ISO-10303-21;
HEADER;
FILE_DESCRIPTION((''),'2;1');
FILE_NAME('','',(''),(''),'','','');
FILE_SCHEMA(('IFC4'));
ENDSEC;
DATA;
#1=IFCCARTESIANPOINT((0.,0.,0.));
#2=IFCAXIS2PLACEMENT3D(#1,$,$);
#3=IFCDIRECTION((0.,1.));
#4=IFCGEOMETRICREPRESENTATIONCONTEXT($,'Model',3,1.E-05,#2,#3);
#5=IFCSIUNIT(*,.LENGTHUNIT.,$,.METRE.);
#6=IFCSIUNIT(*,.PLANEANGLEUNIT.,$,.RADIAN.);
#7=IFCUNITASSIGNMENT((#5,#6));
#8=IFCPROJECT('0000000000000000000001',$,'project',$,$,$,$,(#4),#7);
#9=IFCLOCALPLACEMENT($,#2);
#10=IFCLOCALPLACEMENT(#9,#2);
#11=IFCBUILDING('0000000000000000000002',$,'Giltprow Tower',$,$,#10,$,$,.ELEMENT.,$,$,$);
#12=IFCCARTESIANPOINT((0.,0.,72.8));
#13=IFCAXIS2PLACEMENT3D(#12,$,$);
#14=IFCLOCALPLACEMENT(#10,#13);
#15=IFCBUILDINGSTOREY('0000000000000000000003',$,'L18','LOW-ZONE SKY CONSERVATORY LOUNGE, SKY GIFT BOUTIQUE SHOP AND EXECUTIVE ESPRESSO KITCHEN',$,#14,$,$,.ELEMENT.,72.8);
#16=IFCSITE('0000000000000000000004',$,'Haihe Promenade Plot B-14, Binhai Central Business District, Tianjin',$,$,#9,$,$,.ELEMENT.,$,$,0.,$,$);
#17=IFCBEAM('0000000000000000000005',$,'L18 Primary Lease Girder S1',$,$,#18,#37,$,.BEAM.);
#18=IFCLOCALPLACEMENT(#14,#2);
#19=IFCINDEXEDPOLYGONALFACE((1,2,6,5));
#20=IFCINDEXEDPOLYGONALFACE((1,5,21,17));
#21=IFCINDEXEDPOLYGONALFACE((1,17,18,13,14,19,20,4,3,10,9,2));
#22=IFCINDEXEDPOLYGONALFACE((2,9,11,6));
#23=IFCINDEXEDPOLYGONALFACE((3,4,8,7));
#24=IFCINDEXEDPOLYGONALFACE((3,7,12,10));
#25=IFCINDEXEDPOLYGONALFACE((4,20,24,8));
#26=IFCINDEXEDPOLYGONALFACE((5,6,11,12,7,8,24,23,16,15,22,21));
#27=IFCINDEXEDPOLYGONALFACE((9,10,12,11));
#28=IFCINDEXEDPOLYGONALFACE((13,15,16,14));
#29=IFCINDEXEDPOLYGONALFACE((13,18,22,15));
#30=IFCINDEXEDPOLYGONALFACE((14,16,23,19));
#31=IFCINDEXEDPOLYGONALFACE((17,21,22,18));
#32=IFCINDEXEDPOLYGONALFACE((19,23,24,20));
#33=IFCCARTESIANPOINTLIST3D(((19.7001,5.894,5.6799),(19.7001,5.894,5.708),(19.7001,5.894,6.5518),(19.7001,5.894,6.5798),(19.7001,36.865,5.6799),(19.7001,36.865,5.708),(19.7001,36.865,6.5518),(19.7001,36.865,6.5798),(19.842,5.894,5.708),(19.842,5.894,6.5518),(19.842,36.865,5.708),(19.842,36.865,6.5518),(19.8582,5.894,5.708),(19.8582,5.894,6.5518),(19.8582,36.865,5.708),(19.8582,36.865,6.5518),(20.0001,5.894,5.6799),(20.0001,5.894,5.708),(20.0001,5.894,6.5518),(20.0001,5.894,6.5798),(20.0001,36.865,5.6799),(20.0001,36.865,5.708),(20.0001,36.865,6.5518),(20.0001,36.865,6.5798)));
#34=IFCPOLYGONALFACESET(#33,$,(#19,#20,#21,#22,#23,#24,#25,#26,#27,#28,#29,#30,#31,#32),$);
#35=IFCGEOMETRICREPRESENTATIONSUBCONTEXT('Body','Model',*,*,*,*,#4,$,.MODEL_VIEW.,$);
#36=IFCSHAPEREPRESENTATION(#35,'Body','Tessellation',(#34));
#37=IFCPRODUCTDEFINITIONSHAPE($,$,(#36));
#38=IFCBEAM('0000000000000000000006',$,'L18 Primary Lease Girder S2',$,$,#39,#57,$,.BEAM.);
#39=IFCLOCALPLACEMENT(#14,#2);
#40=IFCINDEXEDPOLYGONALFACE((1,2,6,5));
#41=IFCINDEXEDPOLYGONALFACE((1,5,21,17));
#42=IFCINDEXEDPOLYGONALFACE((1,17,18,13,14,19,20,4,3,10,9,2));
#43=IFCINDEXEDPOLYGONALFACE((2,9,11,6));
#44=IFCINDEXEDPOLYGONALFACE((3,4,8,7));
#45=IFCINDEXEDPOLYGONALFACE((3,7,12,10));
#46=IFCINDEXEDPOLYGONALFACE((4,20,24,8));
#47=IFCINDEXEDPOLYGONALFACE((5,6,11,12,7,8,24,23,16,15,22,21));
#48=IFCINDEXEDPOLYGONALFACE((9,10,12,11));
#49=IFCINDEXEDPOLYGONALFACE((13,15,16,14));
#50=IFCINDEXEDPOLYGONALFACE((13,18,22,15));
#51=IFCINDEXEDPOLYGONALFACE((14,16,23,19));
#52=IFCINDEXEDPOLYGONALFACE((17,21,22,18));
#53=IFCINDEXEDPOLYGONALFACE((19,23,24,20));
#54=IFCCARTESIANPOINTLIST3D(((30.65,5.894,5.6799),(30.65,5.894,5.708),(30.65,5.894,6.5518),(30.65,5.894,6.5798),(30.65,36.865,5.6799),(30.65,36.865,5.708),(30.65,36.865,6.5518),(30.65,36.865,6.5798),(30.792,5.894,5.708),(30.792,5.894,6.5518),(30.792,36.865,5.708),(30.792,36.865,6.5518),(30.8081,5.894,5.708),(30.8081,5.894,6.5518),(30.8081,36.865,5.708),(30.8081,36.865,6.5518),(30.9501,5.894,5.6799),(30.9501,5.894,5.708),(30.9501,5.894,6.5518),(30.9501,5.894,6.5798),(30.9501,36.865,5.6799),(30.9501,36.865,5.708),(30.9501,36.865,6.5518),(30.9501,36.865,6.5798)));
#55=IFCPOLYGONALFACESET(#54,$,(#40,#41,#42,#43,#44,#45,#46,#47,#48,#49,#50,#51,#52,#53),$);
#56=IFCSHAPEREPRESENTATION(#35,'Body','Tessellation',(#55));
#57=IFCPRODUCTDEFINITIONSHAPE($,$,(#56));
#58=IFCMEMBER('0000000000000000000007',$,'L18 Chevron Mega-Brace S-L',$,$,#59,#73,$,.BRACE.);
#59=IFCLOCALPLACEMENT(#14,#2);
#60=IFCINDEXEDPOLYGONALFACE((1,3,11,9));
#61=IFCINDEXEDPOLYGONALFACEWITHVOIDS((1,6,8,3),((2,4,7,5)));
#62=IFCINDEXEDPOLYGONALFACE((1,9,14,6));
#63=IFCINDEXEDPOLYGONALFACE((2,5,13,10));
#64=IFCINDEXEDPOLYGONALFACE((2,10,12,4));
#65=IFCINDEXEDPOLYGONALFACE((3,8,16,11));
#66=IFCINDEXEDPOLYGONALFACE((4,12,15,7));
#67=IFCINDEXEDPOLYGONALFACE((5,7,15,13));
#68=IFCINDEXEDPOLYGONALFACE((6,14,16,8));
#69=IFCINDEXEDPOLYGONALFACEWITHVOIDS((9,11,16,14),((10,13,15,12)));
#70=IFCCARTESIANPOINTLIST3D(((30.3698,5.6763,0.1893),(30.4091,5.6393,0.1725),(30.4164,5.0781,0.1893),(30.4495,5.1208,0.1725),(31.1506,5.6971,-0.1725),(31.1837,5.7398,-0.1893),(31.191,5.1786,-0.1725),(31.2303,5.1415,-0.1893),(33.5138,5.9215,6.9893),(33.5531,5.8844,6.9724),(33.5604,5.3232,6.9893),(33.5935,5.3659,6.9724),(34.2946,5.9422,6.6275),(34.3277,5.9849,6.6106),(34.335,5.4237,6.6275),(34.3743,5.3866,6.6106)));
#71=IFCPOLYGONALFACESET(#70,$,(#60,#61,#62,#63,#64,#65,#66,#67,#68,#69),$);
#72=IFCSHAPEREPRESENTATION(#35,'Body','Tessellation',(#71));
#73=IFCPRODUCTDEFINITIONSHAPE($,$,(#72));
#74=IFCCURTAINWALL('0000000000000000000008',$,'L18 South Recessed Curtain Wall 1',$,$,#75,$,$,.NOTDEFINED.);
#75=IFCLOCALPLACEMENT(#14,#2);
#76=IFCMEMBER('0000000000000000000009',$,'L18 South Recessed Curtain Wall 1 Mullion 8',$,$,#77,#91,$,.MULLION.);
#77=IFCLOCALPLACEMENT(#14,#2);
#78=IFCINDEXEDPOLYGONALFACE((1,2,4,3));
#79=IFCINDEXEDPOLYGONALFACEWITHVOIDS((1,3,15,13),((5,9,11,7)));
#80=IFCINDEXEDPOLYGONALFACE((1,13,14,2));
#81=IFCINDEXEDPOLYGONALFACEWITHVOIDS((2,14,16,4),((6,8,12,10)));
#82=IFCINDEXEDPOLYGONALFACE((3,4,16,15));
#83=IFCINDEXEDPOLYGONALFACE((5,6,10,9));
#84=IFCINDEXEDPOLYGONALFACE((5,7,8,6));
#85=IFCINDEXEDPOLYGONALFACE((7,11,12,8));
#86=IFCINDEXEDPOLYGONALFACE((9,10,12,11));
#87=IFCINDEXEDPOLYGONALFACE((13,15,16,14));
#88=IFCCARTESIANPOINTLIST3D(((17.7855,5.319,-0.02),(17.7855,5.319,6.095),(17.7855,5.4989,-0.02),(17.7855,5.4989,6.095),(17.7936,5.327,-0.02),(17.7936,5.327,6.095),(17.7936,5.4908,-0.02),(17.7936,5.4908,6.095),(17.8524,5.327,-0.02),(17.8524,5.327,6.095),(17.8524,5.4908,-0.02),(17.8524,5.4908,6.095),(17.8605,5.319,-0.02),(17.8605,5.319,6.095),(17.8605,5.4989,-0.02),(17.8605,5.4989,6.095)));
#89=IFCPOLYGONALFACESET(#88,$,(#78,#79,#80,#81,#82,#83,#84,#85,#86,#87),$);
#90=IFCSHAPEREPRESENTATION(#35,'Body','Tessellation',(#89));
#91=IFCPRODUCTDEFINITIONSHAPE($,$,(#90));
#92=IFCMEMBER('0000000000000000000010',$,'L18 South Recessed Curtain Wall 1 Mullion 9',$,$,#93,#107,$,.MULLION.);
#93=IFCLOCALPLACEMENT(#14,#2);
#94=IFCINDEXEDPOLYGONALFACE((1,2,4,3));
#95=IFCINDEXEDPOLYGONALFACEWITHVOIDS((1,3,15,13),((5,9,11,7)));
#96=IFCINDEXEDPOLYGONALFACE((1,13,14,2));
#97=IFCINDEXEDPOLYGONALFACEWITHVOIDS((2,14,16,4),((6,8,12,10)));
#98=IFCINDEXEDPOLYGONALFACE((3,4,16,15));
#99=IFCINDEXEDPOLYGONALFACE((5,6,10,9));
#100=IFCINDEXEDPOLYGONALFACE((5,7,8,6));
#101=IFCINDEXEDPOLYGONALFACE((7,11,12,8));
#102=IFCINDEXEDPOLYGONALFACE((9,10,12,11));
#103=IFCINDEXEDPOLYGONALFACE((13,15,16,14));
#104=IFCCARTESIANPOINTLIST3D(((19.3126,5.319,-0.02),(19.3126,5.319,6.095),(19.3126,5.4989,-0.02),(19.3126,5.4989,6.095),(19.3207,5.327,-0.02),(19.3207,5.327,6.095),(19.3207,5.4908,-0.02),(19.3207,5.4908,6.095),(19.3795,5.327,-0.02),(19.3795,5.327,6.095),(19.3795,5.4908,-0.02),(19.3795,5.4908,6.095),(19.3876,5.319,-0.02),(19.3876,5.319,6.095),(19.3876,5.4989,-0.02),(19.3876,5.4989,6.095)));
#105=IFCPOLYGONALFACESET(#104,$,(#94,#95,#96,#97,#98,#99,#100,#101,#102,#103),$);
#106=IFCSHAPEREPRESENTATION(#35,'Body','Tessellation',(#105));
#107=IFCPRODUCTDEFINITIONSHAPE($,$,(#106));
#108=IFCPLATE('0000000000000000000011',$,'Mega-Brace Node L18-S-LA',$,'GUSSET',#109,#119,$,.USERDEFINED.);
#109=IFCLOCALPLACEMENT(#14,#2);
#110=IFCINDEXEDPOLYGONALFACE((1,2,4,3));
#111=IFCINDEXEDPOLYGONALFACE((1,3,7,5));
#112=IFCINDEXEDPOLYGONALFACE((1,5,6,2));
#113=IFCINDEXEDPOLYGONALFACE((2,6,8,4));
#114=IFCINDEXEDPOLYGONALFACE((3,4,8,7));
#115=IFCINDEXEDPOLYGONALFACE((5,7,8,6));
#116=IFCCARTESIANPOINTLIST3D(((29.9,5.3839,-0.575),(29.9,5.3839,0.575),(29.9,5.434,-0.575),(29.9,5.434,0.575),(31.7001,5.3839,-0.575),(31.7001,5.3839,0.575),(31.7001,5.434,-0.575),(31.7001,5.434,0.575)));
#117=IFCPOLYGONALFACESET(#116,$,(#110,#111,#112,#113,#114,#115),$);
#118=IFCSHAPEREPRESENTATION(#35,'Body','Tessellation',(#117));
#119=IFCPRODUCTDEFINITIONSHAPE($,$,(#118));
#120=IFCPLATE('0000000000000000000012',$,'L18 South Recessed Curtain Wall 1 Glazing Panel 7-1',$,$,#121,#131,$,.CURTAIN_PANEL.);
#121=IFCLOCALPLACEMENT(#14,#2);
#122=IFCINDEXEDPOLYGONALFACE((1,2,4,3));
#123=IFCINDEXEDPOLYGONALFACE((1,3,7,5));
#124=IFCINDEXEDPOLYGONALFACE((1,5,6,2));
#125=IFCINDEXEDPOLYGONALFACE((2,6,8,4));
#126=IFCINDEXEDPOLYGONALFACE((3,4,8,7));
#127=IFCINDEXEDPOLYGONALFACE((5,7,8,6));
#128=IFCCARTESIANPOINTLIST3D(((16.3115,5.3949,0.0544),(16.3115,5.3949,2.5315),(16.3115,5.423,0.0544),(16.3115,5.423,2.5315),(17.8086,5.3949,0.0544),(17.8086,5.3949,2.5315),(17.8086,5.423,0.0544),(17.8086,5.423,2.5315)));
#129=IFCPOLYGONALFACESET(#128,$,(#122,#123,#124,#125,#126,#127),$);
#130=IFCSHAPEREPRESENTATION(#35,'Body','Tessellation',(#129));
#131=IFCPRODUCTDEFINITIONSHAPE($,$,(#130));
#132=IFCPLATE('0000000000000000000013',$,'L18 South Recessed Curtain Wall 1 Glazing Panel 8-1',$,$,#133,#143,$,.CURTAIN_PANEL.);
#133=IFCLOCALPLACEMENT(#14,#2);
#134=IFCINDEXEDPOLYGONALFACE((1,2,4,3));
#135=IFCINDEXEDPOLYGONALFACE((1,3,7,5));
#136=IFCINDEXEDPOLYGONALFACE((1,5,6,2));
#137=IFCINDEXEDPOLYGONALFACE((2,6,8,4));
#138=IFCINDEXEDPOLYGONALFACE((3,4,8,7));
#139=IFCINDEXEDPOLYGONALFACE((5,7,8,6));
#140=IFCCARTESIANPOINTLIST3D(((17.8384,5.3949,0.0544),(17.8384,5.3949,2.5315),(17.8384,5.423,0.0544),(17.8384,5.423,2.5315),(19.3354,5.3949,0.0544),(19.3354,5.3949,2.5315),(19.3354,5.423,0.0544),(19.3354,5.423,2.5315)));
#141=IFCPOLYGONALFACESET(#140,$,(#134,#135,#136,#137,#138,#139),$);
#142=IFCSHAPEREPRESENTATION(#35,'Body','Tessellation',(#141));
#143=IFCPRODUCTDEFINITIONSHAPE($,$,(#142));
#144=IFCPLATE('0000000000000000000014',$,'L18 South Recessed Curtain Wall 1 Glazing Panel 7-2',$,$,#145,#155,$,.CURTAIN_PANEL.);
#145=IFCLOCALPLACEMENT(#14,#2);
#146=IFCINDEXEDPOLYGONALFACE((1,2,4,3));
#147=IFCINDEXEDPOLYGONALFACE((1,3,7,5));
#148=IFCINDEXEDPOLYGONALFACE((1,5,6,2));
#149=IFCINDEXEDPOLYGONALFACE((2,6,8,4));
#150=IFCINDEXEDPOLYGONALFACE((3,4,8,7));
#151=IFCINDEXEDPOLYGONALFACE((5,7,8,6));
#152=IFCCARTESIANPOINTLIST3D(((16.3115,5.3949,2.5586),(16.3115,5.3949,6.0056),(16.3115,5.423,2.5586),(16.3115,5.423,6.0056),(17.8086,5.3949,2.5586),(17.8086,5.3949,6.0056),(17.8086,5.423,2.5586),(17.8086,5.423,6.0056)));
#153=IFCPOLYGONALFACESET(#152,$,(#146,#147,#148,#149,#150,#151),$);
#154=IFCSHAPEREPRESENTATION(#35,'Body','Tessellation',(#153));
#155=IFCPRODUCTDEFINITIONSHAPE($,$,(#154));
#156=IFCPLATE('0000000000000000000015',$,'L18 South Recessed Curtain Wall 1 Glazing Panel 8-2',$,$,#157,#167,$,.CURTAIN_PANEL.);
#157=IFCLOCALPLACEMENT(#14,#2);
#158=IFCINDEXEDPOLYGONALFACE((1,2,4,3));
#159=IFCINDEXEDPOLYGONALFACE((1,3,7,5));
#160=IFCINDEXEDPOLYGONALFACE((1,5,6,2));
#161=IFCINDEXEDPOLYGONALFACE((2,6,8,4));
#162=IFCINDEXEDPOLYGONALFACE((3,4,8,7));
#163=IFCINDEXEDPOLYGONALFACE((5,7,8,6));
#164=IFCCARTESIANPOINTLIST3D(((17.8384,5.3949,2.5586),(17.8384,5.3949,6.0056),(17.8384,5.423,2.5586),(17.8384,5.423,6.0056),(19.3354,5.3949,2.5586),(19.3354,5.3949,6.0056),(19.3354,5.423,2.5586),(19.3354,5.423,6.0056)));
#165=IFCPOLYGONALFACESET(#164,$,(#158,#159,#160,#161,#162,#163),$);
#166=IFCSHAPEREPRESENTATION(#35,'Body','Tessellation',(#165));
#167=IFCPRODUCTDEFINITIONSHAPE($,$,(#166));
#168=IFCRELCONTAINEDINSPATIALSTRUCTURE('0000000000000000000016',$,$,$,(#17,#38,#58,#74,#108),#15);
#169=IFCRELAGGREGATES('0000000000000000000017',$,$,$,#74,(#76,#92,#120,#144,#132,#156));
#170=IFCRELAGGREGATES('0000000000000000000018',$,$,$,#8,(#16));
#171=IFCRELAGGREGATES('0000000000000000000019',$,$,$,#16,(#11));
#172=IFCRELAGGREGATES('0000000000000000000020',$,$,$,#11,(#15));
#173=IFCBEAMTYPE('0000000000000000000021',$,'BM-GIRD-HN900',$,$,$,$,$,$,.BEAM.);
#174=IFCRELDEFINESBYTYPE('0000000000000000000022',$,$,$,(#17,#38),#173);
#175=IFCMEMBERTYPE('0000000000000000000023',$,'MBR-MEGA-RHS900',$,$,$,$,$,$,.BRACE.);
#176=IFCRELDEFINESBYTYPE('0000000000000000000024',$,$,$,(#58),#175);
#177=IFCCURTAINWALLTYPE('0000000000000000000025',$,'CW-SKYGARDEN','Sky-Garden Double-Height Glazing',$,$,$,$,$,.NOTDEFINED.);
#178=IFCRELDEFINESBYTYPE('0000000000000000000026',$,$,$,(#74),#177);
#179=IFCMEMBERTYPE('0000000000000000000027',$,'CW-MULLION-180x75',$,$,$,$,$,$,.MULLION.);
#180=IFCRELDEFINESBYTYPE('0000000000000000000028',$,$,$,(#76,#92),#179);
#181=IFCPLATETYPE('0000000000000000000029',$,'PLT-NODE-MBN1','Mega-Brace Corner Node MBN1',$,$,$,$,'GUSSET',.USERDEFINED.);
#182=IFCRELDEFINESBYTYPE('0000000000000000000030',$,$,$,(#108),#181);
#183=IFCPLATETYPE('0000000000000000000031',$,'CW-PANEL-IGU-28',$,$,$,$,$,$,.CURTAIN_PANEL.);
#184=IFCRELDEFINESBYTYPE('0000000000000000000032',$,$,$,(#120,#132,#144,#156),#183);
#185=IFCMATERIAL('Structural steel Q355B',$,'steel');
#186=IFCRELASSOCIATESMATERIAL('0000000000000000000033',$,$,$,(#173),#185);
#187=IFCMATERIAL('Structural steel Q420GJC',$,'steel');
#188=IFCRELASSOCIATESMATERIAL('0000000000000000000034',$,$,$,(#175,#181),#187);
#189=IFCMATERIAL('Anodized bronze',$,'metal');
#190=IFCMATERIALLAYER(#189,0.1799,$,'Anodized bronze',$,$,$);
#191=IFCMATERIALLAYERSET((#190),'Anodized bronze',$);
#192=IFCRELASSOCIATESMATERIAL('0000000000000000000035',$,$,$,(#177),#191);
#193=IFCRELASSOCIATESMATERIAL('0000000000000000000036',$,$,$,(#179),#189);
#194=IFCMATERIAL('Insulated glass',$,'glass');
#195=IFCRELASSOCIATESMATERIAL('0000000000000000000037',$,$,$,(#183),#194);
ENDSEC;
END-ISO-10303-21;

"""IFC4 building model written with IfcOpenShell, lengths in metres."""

from ifc_helpers import new_model, si_unit, direction, frame, origin, origin_2d, place, context, subcontext, project, spatial, rectangle, hollow_rectangle, i_section, extrude, source, transform, mapped, material, layer, layer_set, material_profile, profile_set, type_object, element, aggregate, save


model = new_model("IFC4")

# Units and contexts
model_context = context("Model", 3, precision=1e-05, world=origin(), true_north=direction((0.0, 1.0)))
body_context = subcontext(model_context, "Body", "Model", "MODEL_VIEW")
ifc_project = project(units=[si_unit("LENGTHUNIT", "METRE"), si_unit("PLANEANGLEUNIT", "RADIAN")], contexts=[model_context])

# Site, building, storey
site_placement = place(None, origin())
site = spatial("IfcSite", under=ifc_project, at=site_placement, Name="Haihe Promenade Plot B-14, Binhai Central Business District, Tianjin", CompositionType="ELEMENT", RefElevation=0.0)
building_placement = place(site_placement, origin())
building = spatial("IfcBuilding", under=site, at=building_placement, Name="Giltprow Tower", CompositionType="ELEMENT")
storey_placement = place(building_placement, frame((0.0, 0.0, 72.8)))
storey = spatial("IfcBuildingStorey", under=building, at=storey_placement, Name="L18", Description="LOW-ZONE SKY CONSERVATORY LOUNGE, SKY GIFT BOUTIQUE SHOP AND EXECUTIVE ESPRESSO KITCHEN", CompositionType="ELEMENT", Elevation=72.8)

# Shared definitions
ifc_material_1 = material(Name="Structural steel Q420GJC", Category="steel")

# Beams
ifc_material_2 = material(Name="Structural steel Q355B", Category="steel")
ifc_material_profile_1 = material_profile(ifc_material_2, i_section(OverallWidth=0.3, OverallDepth=0.8999, WebThickness=0.0161, FlangeThickness=0.0281, at=origin_2d()), Name="HN 900x300x16x28")
ifc_profile_set_1 = profile_set([ifc_material_profile_1], Name="Structural steel Q355B")
beam_type_1 = type_object("IfcBeamType", Name="BM-GIRD-HN900", PredefinedType="BEAM", material=ifc_profile_set_1)
shared_shape_1 = source(origin(), body_context, "Body", "SweptSolid", [
    extrude(i_section(OverallWidth=0.3, OverallDepth=0.8999, WebThickness=0.0161, FlangeThickness=0.0281, at=origin_2d()), origin(), (0.0, 0.0, 1.0), 30.9709),
])
for number, where, z_axis, x_axis, name in (
    (1, (19.8501, 5.894, 6.1299), (0.0, 1.0, 0.0), (-1.0, 0.0, 0.0), "L18 Primary Lease Girder S1"),
    (2, (30.8, 5.894, 6.1299), (0.0, 1.0, 0.0), (-1.0, 0.0, 0.0), "L18 Primary Lease Girder S2"),
):
    element("IfcBeam", number, at=place(storey_placement, frame(where, z_axis=z_axis, x_axis=x_axis)), inside=storey, type_object=beam_type_1, Name=name, PredefinedType="BEAM", context=body_context, shape_type="MappedRepresentation", body=[
        mapped(shared_shape_1, transform((0.0, 0.0, 0.0), x_axis=(1.0, 0.0, 0.0), y_axis=(0.0, 1.0, 0.0), z_axis=(0.0, 0.0, 1.0), scale=1.0)),
    ])

# Member
ifc_material_profile_2 = material_profile(ifc_material_1, hollow_rectangle(XDim=0.6001, YDim=0.8999, WallThickness=0.04, at=origin_2d()), Name="RHS 900x600x40")
ifc_profile_set_2 = profile_set([ifc_material_profile_2], Name="Structural steel Q420GJC")
member_type_1 = type_object("IfcMemberType", Name="MBR-MEGA-RHS900", PredefinedType="BRACE", material=ifc_profile_set_2)
shared_shape_2 = source(origin(), body_context, "Body", "SweptSolid", [
    extrude(hollow_rectangle(XDim=0.6001, YDim=0.8999, WallThickness=0.04, at=origin_2d()), origin(), (0.0, 0.0, 1.0), 7.4956),
])
member_1_placement = place(storey_placement, frame((30.8, 5.4089, 0.0), z_axis=(0.419445, 0.032701, 0.907191), x_axis=(-0.077727, 0.996975, 0.0)))
element("IfcMember", 3, at=member_1_placement, inside=storey, type_object=member_type_1, Name="L18 Chevron Mega-Brace S-L", PredefinedType="BRACE", context=body_context, shape_type="MappedRepresentation", body=[
    mapped(shared_shape_2, transform((0.0, 0.0, 0.0), x_axis=(1.0, 0.0, 0.0), y_axis=(0.0, 1.0, 0.0), z_axis=(0.0, 0.0, 1.0), scale=1.0)),
])

# Curtain wall, members
ifc_material_3 = material(Name="Anodized bronze", Category="metal")
ifc_layer_1 = layer(ifc_material_3, 0.1799, Name="Anodized bronze")
ifc_layer_set_1 = layer_set([ifc_layer_1], Name="Anodized bronze")
curtain_wall_type = type_object("IfcCurtainWallType", Name="CW-SKYGARDEN", Description="Sky-Garden Double-Height Glazing", PredefinedType="NOTDEFINED", material=ifc_layer_set_1)
curtain_wall_placement = place(storey_placement, origin())
curtain_wall = element("IfcCurtainWall", 4, at=curtain_wall_placement, inside=storey, type_object=curtain_wall_type, Name="L18 South Recessed Curtain Wall 1", PredefinedType="NOTDEFINED")
ifc_material_profile_3 = material_profile(ifc_material_3, hollow_rectangle(XDim=0.075, YDim=0.1799, WallThickness=0.0081, at=origin_2d()), Name="RHS 180x75x8")
ifc_profile_set_3 = profile_set([ifc_material_profile_3], Name="Anodized bronze")
member_type_2 = type_object("IfcMemberType", Name="CW-MULLION-180x75", PredefinedType="MULLION", material=ifc_profile_set_3)
shared_shape_3 = source(origin(), body_context, "Body", "SweptSolid", [
    extrude(hollow_rectangle(XDim=0.075, YDim=0.1799, WallThickness=0.0081, at=origin_2d()), origin(), (0.0, 0.0, 1.0), 6.115),
])
member_2_placement = place(storey_placement, frame((17.823, 5.4089, -0.02), z_axis=(0.0, 0.0, 1.0), x_axis=(1.0, 0.0, 0.0)))
member_2 = element("IfcMember", 5, at=member_2_placement, type_object=member_type_2, Name="L18 South Recessed Curtain Wall 1 Mullion 8", PredefinedType="MULLION", context=body_context, shape_type="MappedRepresentation", body=[
    mapped(shared_shape_3, transform((0.0, 0.0, 0.0), x_axis=(1.0, 0.0, 0.0), y_axis=(0.0, 1.0, 0.0), z_axis=(0.0, 0.0, 1.0), scale=1.0)),
])
member_3_placement = place(storey_placement, frame((19.3501, 5.4089, -0.02), z_axis=(0.0, 0.0, 1.0), x_axis=(1.0, 0.0, 0.0)))
member_3 = element("IfcMember", 6, at=member_3_placement, type_object=member_type_2, Name="L18 South Recessed Curtain Wall 1 Mullion 9", PredefinedType="MULLION", context=body_context, shape_type="MappedRepresentation", body=[
    mapped(shared_shape_3, transform((0.0, 0.0, 0.0), x_axis=(1.0, 0.0, 0.0), y_axis=(0.0, 1.0, 0.0), z_axis=(0.0, 0.0, 1.0), scale=1.0)),
])

# Plates
plate_type_1 = type_object("IfcPlateType", Name="PLT-NODE-MBN1", Description="Mega-Brace Corner Node MBN1", ElementType="GUSSET", PredefinedType="USERDEFINED", material=ifc_material_1)
shared_shape_4 = source(origin(), body_context, "Body", "SweptSolid", [
    extrude(rectangle(XDim=1.8, YDim=0.05, at=origin_2d()), origin(), (0.0, 0.0, 1.0), 1.1499),
])
plate_1_placement = place(storey_placement, frame((30.8, 5.4089, -0.575), z_axis=(0.0, 0.0, 1.0), x_axis=(1.0, 0.0, 0.0)))
element("IfcPlate", 7, at=plate_1_placement, inside=storey, type_object=plate_type_1, Name="Mega-Brace Node L18-S-LA", ObjectType="GUSSET", PredefinedType="USERDEFINED", context=body_context, shape_type="MappedRepresentation", body=[
    mapped(shared_shape_4, transform((0.0, 0.0, 0.0), x_axis=(1.0, 0.0, 0.0), y_axis=(0.0, 1.0, 0.0), z_axis=(0.0, 0.0, 1.0), scale=1.0)),
])
ifc_material_4 = material(Name="Insulated glass", Category="glass")
plate_type_2 = type_object("IfcPlateType", Name="CW-PANEL-IGU-28", PredefinedType="CURTAIN_PANEL", material=ifc_material_4)
shared_shape_5 = source(origin(), body_context, "Body", "SweptSolid", [
    extrude(rectangle(XDim=1.4971, YDim=0.0281, at=origin_2d()), origin(), (0.0, 0.0, 1.0), 2.4771),
])
plate_2_placement = place(storey_placement, frame((17.0601, 5.4089, 0.0544), z_axis=(0.0, 0.0, 1.0), x_axis=(1.0, 0.0, 0.0)))
plate_2 = element("IfcPlate", 8, at=plate_2_placement, type_object=plate_type_2, Name="L18 South Recessed Curtain Wall 1 Glazing Panel 7-1", PredefinedType="CURTAIN_PANEL", context=body_context, shape_type="MappedRepresentation", body=[
    mapped(shared_shape_5, transform((0.0, 0.0, 0.0), x_axis=(1.0, 0.0, 0.0), y_axis=(0.0, 1.0, 0.0), z_axis=(0.0, 0.0, 1.0), scale=1.0)),
])
plate_3_placement = place(storey_placement, frame((18.5869, 5.4089, 0.0544), z_axis=(0.0, 0.0, 1.0), x_axis=(1.0, 0.0, 0.0)))
plate_3 = element("IfcPlate", 9, at=plate_3_placement, type_object=plate_type_2, Name="L18 South Recessed Curtain Wall 1 Glazing Panel 8-1", PredefinedType="CURTAIN_PANEL", context=body_context, shape_type="MappedRepresentation", body=[
    mapped(shared_shape_5, transform((0.0, 0.0, 0.0), x_axis=(1.0, 0.0, 0.0), y_axis=(0.0, 1.0, 0.0), z_axis=(0.0, 0.0, 1.0), scale=1.0)),
])
shared_shape_6 = source(origin(), body_context, "Body", "SweptSolid", [
    extrude(rectangle(XDim=1.4971, YDim=0.0281, at=origin_2d()), origin(), (0.0, 0.0, 1.0), 3.447),
])
plate_4_placement = place(storey_placement, frame((17.0601, 5.4089, 2.5586), z_axis=(0.0, 0.0, 1.0), x_axis=(1.0, 0.0, 0.0)))
plate_4 = element("IfcPlate", 10, at=plate_4_placement, type_object=plate_type_2, Name="L18 South Recessed Curtain Wall 1 Glazing Panel 7-2", PredefinedType="CURTAIN_PANEL", context=body_context, shape_type="MappedRepresentation", body=[
    mapped(shared_shape_6, transform((0.0, 0.0, 0.0), x_axis=(1.0, 0.0, 0.0), y_axis=(0.0, 1.0, 0.0), z_axis=(0.0, 0.0, 1.0), scale=1.0)),
])
plate_5_placement = place(storey_placement, frame((18.5869, 5.4089, 2.5586), z_axis=(0.0, 0.0, 1.0), x_axis=(1.0, 0.0, 0.0)))
plate_5 = element("IfcPlate", 11, at=plate_5_placement, type_object=plate_type_2, Name="L18 South Recessed Curtain Wall 1 Glazing Panel 8-2", PredefinedType="CURTAIN_PANEL", context=body_context, shape_type="MappedRepresentation", body=[
    mapped(shared_shape_6, transform((0.0, 0.0, 0.0), x_axis=(1.0, 0.0, 0.0), y_axis=(0.0, 1.0, 0.0), z_axis=(0.0, 0.0, 1.0), scale=1.0)),
])
aggregate(curtain_wall, [member_2, member_3, plate_2, plate_4, plate_3, plate_5])

save(model, "model.ifc")
